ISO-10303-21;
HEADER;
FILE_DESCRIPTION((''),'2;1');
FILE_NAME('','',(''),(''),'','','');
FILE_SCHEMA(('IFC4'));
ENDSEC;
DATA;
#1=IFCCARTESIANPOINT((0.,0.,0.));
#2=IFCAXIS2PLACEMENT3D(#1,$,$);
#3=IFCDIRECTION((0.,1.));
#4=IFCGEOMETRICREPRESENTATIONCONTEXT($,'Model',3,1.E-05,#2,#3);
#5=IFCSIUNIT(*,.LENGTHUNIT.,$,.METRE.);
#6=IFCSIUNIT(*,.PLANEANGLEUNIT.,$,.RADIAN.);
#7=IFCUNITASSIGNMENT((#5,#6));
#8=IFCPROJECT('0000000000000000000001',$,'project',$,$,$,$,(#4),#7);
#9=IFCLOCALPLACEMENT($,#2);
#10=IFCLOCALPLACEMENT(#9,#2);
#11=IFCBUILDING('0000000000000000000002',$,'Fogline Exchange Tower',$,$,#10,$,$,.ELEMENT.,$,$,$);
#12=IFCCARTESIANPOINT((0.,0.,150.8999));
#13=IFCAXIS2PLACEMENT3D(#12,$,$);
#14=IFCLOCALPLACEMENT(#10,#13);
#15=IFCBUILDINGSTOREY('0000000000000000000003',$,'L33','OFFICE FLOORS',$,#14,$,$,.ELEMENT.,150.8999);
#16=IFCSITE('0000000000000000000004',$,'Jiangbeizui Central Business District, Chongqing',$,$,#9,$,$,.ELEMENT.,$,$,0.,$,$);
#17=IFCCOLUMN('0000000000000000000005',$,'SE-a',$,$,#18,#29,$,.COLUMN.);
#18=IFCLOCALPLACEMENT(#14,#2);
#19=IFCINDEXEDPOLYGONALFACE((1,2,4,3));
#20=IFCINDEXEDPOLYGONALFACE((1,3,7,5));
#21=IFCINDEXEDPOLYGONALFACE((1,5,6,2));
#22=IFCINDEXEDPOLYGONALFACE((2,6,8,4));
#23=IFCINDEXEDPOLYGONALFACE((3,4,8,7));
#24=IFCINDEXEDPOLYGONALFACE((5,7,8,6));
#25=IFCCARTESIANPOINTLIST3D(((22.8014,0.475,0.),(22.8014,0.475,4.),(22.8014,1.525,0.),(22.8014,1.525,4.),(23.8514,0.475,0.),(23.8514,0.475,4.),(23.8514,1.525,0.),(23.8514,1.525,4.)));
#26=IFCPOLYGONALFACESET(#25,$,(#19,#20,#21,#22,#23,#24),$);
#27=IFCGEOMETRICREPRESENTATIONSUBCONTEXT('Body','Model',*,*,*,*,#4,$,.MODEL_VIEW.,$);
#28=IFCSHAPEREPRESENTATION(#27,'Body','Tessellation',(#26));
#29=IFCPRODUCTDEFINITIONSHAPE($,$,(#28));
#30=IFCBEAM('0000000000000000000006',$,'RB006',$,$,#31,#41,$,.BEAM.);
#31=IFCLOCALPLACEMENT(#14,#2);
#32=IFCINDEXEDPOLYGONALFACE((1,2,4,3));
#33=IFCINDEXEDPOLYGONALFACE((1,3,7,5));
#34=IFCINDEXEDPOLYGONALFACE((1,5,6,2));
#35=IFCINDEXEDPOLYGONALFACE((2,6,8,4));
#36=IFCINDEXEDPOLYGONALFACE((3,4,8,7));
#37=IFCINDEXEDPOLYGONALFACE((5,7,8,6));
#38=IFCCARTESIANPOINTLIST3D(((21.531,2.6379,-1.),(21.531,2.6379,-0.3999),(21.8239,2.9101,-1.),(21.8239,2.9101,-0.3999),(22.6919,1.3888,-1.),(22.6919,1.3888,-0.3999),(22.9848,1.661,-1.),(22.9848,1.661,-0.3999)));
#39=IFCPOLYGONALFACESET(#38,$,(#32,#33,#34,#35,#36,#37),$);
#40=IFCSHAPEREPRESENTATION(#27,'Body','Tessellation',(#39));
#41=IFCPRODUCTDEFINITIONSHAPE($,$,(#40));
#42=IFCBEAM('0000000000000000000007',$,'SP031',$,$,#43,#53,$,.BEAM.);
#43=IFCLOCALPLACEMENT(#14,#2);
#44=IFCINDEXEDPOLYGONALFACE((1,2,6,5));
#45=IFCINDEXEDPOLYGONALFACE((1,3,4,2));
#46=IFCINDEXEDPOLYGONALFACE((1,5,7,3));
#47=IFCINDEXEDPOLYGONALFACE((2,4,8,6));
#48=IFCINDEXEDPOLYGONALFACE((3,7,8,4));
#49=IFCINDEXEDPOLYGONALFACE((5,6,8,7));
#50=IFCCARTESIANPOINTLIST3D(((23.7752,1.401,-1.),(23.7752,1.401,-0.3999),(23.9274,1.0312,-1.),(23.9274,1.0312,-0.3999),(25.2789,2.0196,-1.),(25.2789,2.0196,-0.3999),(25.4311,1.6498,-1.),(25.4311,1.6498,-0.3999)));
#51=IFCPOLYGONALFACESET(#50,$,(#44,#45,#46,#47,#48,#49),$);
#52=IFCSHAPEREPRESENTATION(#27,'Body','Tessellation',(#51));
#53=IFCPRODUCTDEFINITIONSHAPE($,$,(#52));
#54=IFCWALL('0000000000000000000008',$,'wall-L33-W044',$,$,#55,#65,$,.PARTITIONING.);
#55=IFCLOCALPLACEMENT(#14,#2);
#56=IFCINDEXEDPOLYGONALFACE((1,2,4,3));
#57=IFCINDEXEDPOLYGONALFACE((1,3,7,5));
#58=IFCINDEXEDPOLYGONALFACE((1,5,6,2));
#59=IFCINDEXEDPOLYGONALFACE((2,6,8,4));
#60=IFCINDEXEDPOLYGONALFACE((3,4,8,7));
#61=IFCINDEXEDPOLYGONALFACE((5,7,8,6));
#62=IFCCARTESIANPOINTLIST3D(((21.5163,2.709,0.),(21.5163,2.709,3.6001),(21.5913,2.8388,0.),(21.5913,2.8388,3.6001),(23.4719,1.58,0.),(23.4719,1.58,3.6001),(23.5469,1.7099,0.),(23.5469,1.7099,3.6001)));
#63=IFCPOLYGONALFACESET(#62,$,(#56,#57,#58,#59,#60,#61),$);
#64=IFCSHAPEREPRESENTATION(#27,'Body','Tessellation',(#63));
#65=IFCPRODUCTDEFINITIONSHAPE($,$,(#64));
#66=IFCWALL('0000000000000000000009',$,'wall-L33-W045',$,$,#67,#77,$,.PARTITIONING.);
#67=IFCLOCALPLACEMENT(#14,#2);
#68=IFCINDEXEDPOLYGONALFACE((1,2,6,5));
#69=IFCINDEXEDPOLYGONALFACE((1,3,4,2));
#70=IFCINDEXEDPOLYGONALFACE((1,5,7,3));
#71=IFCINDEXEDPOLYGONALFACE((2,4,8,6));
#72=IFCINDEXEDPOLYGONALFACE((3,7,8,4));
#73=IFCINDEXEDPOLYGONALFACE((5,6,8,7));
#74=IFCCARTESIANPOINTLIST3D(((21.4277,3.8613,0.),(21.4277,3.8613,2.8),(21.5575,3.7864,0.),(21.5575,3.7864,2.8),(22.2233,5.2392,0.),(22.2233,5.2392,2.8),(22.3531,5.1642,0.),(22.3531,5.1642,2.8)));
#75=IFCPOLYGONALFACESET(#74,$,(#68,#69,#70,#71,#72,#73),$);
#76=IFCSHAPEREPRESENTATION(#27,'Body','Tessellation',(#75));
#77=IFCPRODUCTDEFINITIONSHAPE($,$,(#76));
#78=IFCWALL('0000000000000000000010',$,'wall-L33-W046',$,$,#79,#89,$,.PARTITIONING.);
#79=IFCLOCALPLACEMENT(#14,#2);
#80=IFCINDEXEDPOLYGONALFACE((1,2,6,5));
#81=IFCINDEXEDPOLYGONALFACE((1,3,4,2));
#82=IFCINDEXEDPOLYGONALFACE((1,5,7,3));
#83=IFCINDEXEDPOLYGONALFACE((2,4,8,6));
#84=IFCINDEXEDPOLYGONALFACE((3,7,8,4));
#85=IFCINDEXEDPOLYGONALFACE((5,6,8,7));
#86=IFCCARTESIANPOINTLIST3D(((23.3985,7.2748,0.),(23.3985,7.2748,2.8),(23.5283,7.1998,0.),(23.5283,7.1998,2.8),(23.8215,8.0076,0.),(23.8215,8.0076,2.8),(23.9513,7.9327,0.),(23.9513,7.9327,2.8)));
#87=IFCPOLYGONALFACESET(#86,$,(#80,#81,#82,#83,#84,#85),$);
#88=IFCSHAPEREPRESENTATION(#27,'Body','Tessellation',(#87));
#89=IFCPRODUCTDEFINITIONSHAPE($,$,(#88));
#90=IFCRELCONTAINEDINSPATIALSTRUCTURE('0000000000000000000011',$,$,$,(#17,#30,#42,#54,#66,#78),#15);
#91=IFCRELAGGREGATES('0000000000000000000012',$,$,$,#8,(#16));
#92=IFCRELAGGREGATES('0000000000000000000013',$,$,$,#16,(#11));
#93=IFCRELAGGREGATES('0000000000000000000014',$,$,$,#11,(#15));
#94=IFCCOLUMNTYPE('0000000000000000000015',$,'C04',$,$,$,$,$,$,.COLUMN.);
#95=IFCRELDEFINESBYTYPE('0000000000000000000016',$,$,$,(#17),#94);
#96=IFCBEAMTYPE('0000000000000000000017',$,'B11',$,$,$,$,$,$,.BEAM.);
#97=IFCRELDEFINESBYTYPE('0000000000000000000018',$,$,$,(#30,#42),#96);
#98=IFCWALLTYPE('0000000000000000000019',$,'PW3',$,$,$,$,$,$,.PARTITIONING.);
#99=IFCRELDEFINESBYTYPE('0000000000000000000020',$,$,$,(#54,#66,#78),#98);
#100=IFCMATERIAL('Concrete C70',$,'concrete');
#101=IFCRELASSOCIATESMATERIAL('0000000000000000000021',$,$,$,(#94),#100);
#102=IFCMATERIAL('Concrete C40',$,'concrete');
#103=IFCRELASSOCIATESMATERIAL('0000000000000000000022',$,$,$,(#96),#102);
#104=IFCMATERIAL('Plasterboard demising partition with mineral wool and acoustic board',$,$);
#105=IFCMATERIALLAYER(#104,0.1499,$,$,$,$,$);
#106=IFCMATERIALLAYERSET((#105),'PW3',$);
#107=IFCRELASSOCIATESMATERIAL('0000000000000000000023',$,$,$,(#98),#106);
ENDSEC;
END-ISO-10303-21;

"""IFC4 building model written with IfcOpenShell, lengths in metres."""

from ifc_helpers import new_model, si_unit, direction, frame, frame_2d, origin, origin_2d, place, context, subcontext, project, spatial, rectangle, extrude, material, layer, layer_set, material_profile, profile_set, type_object, element, save


model = new_model("IFC4")

# Units and contexts
model_context = context("Model", 3, precision=1e-05, world=origin(), true_north=direction((0.0, 1.0)))
body_context = subcontext(model_context, "Body", "Model", "MODEL_VIEW")
ifc_project = project(units=[si_unit("LENGTHUNIT", "METRE"), si_unit("PLANEANGLEUNIT", "RADIAN")], contexts=[model_context])

# Site, building, storey
site_placement = place(None, origin())
site = spatial("IfcSite", under=ifc_project, at=site_placement, Name="Jiangbeizui Central Business District, Chongqing", CompositionType="ELEMENT", RefElevation=0.0)
building_placement = place(site_placement, origin())
building = spatial("IfcBuilding", under=site, at=building_placement, Name="Fogline Exchange Tower", CompositionType="ELEMENT")
storey_placement = place(building_placement, frame((0.0, 0.0, 150.8999)))
storey = spatial("IfcBuildingStorey", under=building, at=storey_placement, Name="L33", Description="OFFICE FLOORS", CompositionType="ELEMENT", Elevation=150.8999)

# Column
ifc_material_1 = material(Name="Concrete C70", Category="concrete")
ifc_material_profile_1 = material_profile(ifc_material_1, rectangle(XDim=1.05, YDim=1.05, at=origin_2d()), Name="RC 1050x1050")
ifc_profile_set_1 = profile_set([ifc_material_profile_1], Name="Concrete C70")
column_type = type_object("IfcColumnType", Name="C04", PredefinedType="COLUMN", material=ifc_profile_set_1)
column_placement = place(storey_placement, frame((23.3264, 1.0, 0.0), z_axis=(0.0, 0.0, 1.0), x_axis=(1.0, 0.0, 0.0)))
element("IfcColumn", 1, at=column_placement, inside=storey, type_object=column_type, Name="SE-a", PredefinedType="COLUMN", context=body_context, shape_type="SweptSolid", body=[
    extrude(rectangle(XDim=1.05, YDim=1.05, at=origin_2d()), origin(), (0.0, 0.0, 1.0), 4.0),
])

# Beams
ifc_material_2 = material(Name="Concrete C40", Category="concrete")
ifc_material_profile_2 = material_profile(ifc_material_2, rectangle(XDim=0.3999, YDim=0.6001, at=origin_2d()), Name="RC 400x600")
ifc_profile_set_2 = profile_set([ifc_material_profile_2], Name="Concrete C40")
beam_type = type_object("IfcBeamType", Name="B11", PredefinedType="BEAM", material=ifc_profile_set_2)
beam_1_placement = place(storey_placement, frame((22.8384, 1.5249, -0.7), z_axis=(-0.680792, 0.732477, 0.0), x_axis=(-0.732477, -0.680792, 0.0)))
element("IfcBeam", 2, at=beam_1_placement, inside=storey, type_object=beam_type, Name="RB006", PredefinedType="BEAM", context=body_context, shape_type="SweptSolid", body=[
    extrude(rectangle(XDim=0.3999, YDim=0.6001, at=origin_2d()), origin(), (0.0, 0.0, 1.0), 1.7053),
])
beam_2_placement = place(storey_placement, frame((23.8513, 1.2161, -0.7), z_axis=(0.924787, 0.380485, 0.0), x_axis=(-0.380485, 0.924787, 0.0)))
element("IfcBeam", 3, at=beam_2_placement, inside=storey, type_object=beam_type, Name="SP031", PredefinedType="BEAM", context=body_context, shape_type="SweptSolid", body=[
    extrude(rectangle(XDim=0.3999, YDim=0.6001, at=origin_2d()), origin(), (0.0, 0.0, 1.0), 1.626),
])

# Walls
ifc_material_3 = material(Name="Plasterboard demising partition with mineral wool and acoustic board")
ifc_layer_1 = layer(ifc_material_3, 0.1499)
ifc_layer_set_1 = layer_set([ifc_layer_1], Name="PW3")
wall_type_1 = type_object("IfcWallType", Name="PW3", PredefinedType="PARTITIONING", material=ifc_layer_set_1)
wall_1_placement = place(storey_placement, frame((23.5093, 1.645, 0.0), z_axis=(0.0, 0.0, 1.0), x_axis=(-0.866052, 0.499953, 0.0)))
element("IfcWall", 4, at=wall_1_placement, inside=storey, type_object=wall_type_1, Name="wall-L33-W044", PredefinedType="PARTITIONING", context=body_context, shape_type="SweptSolid", body=[
    extrude(rectangle(XDim=2.2581, YDim=0.1499, at=frame_2d((1.1289, 0.0))), origin(), (0.0, 0.0, 1.0), 3.6001),
])
wall_2_placement = place(storey_placement, frame((21.4927, 3.824, 0.0), z_axis=(0.0, 0.0, 1.0), x_axis=(0.50005, 0.865996, 0.0)))
element("IfcWall", 5, at=wall_2_placement, inside=storey, type_object=wall_type_1, Name="wall-L33-W045", PredefinedType="PARTITIONING", context=body_context, shape_type="SweptSolid", body=[
    extrude(rectangle(XDim=1.5911, YDim=0.1499, at=frame_2d((0.7954, 0.0))), origin(), (0.0, 0.0, 1.0), 2.8),
])
wall_3_placement = place(storey_placement, frame((23.4634, 7.2373, 0.0), z_axis=(0.0, 0.0, 1.0), x_axis=(0.499956, 0.866051, 0.0)))
element("IfcWall", 6, at=wall_3_placement, inside=storey, type_object=wall_type_1, Name="wall-L33-W046", PredefinedType="PARTITIONING", context=body_context, shape_type="SweptSolid", body=[
    extrude(rectangle(XDim=0.8462, YDim=0.1499, at=frame_2d((0.4231, 0.0))), origin(), (0.0, 0.0, 1.0), 2.8),
])

save(model, "model.ifc")
